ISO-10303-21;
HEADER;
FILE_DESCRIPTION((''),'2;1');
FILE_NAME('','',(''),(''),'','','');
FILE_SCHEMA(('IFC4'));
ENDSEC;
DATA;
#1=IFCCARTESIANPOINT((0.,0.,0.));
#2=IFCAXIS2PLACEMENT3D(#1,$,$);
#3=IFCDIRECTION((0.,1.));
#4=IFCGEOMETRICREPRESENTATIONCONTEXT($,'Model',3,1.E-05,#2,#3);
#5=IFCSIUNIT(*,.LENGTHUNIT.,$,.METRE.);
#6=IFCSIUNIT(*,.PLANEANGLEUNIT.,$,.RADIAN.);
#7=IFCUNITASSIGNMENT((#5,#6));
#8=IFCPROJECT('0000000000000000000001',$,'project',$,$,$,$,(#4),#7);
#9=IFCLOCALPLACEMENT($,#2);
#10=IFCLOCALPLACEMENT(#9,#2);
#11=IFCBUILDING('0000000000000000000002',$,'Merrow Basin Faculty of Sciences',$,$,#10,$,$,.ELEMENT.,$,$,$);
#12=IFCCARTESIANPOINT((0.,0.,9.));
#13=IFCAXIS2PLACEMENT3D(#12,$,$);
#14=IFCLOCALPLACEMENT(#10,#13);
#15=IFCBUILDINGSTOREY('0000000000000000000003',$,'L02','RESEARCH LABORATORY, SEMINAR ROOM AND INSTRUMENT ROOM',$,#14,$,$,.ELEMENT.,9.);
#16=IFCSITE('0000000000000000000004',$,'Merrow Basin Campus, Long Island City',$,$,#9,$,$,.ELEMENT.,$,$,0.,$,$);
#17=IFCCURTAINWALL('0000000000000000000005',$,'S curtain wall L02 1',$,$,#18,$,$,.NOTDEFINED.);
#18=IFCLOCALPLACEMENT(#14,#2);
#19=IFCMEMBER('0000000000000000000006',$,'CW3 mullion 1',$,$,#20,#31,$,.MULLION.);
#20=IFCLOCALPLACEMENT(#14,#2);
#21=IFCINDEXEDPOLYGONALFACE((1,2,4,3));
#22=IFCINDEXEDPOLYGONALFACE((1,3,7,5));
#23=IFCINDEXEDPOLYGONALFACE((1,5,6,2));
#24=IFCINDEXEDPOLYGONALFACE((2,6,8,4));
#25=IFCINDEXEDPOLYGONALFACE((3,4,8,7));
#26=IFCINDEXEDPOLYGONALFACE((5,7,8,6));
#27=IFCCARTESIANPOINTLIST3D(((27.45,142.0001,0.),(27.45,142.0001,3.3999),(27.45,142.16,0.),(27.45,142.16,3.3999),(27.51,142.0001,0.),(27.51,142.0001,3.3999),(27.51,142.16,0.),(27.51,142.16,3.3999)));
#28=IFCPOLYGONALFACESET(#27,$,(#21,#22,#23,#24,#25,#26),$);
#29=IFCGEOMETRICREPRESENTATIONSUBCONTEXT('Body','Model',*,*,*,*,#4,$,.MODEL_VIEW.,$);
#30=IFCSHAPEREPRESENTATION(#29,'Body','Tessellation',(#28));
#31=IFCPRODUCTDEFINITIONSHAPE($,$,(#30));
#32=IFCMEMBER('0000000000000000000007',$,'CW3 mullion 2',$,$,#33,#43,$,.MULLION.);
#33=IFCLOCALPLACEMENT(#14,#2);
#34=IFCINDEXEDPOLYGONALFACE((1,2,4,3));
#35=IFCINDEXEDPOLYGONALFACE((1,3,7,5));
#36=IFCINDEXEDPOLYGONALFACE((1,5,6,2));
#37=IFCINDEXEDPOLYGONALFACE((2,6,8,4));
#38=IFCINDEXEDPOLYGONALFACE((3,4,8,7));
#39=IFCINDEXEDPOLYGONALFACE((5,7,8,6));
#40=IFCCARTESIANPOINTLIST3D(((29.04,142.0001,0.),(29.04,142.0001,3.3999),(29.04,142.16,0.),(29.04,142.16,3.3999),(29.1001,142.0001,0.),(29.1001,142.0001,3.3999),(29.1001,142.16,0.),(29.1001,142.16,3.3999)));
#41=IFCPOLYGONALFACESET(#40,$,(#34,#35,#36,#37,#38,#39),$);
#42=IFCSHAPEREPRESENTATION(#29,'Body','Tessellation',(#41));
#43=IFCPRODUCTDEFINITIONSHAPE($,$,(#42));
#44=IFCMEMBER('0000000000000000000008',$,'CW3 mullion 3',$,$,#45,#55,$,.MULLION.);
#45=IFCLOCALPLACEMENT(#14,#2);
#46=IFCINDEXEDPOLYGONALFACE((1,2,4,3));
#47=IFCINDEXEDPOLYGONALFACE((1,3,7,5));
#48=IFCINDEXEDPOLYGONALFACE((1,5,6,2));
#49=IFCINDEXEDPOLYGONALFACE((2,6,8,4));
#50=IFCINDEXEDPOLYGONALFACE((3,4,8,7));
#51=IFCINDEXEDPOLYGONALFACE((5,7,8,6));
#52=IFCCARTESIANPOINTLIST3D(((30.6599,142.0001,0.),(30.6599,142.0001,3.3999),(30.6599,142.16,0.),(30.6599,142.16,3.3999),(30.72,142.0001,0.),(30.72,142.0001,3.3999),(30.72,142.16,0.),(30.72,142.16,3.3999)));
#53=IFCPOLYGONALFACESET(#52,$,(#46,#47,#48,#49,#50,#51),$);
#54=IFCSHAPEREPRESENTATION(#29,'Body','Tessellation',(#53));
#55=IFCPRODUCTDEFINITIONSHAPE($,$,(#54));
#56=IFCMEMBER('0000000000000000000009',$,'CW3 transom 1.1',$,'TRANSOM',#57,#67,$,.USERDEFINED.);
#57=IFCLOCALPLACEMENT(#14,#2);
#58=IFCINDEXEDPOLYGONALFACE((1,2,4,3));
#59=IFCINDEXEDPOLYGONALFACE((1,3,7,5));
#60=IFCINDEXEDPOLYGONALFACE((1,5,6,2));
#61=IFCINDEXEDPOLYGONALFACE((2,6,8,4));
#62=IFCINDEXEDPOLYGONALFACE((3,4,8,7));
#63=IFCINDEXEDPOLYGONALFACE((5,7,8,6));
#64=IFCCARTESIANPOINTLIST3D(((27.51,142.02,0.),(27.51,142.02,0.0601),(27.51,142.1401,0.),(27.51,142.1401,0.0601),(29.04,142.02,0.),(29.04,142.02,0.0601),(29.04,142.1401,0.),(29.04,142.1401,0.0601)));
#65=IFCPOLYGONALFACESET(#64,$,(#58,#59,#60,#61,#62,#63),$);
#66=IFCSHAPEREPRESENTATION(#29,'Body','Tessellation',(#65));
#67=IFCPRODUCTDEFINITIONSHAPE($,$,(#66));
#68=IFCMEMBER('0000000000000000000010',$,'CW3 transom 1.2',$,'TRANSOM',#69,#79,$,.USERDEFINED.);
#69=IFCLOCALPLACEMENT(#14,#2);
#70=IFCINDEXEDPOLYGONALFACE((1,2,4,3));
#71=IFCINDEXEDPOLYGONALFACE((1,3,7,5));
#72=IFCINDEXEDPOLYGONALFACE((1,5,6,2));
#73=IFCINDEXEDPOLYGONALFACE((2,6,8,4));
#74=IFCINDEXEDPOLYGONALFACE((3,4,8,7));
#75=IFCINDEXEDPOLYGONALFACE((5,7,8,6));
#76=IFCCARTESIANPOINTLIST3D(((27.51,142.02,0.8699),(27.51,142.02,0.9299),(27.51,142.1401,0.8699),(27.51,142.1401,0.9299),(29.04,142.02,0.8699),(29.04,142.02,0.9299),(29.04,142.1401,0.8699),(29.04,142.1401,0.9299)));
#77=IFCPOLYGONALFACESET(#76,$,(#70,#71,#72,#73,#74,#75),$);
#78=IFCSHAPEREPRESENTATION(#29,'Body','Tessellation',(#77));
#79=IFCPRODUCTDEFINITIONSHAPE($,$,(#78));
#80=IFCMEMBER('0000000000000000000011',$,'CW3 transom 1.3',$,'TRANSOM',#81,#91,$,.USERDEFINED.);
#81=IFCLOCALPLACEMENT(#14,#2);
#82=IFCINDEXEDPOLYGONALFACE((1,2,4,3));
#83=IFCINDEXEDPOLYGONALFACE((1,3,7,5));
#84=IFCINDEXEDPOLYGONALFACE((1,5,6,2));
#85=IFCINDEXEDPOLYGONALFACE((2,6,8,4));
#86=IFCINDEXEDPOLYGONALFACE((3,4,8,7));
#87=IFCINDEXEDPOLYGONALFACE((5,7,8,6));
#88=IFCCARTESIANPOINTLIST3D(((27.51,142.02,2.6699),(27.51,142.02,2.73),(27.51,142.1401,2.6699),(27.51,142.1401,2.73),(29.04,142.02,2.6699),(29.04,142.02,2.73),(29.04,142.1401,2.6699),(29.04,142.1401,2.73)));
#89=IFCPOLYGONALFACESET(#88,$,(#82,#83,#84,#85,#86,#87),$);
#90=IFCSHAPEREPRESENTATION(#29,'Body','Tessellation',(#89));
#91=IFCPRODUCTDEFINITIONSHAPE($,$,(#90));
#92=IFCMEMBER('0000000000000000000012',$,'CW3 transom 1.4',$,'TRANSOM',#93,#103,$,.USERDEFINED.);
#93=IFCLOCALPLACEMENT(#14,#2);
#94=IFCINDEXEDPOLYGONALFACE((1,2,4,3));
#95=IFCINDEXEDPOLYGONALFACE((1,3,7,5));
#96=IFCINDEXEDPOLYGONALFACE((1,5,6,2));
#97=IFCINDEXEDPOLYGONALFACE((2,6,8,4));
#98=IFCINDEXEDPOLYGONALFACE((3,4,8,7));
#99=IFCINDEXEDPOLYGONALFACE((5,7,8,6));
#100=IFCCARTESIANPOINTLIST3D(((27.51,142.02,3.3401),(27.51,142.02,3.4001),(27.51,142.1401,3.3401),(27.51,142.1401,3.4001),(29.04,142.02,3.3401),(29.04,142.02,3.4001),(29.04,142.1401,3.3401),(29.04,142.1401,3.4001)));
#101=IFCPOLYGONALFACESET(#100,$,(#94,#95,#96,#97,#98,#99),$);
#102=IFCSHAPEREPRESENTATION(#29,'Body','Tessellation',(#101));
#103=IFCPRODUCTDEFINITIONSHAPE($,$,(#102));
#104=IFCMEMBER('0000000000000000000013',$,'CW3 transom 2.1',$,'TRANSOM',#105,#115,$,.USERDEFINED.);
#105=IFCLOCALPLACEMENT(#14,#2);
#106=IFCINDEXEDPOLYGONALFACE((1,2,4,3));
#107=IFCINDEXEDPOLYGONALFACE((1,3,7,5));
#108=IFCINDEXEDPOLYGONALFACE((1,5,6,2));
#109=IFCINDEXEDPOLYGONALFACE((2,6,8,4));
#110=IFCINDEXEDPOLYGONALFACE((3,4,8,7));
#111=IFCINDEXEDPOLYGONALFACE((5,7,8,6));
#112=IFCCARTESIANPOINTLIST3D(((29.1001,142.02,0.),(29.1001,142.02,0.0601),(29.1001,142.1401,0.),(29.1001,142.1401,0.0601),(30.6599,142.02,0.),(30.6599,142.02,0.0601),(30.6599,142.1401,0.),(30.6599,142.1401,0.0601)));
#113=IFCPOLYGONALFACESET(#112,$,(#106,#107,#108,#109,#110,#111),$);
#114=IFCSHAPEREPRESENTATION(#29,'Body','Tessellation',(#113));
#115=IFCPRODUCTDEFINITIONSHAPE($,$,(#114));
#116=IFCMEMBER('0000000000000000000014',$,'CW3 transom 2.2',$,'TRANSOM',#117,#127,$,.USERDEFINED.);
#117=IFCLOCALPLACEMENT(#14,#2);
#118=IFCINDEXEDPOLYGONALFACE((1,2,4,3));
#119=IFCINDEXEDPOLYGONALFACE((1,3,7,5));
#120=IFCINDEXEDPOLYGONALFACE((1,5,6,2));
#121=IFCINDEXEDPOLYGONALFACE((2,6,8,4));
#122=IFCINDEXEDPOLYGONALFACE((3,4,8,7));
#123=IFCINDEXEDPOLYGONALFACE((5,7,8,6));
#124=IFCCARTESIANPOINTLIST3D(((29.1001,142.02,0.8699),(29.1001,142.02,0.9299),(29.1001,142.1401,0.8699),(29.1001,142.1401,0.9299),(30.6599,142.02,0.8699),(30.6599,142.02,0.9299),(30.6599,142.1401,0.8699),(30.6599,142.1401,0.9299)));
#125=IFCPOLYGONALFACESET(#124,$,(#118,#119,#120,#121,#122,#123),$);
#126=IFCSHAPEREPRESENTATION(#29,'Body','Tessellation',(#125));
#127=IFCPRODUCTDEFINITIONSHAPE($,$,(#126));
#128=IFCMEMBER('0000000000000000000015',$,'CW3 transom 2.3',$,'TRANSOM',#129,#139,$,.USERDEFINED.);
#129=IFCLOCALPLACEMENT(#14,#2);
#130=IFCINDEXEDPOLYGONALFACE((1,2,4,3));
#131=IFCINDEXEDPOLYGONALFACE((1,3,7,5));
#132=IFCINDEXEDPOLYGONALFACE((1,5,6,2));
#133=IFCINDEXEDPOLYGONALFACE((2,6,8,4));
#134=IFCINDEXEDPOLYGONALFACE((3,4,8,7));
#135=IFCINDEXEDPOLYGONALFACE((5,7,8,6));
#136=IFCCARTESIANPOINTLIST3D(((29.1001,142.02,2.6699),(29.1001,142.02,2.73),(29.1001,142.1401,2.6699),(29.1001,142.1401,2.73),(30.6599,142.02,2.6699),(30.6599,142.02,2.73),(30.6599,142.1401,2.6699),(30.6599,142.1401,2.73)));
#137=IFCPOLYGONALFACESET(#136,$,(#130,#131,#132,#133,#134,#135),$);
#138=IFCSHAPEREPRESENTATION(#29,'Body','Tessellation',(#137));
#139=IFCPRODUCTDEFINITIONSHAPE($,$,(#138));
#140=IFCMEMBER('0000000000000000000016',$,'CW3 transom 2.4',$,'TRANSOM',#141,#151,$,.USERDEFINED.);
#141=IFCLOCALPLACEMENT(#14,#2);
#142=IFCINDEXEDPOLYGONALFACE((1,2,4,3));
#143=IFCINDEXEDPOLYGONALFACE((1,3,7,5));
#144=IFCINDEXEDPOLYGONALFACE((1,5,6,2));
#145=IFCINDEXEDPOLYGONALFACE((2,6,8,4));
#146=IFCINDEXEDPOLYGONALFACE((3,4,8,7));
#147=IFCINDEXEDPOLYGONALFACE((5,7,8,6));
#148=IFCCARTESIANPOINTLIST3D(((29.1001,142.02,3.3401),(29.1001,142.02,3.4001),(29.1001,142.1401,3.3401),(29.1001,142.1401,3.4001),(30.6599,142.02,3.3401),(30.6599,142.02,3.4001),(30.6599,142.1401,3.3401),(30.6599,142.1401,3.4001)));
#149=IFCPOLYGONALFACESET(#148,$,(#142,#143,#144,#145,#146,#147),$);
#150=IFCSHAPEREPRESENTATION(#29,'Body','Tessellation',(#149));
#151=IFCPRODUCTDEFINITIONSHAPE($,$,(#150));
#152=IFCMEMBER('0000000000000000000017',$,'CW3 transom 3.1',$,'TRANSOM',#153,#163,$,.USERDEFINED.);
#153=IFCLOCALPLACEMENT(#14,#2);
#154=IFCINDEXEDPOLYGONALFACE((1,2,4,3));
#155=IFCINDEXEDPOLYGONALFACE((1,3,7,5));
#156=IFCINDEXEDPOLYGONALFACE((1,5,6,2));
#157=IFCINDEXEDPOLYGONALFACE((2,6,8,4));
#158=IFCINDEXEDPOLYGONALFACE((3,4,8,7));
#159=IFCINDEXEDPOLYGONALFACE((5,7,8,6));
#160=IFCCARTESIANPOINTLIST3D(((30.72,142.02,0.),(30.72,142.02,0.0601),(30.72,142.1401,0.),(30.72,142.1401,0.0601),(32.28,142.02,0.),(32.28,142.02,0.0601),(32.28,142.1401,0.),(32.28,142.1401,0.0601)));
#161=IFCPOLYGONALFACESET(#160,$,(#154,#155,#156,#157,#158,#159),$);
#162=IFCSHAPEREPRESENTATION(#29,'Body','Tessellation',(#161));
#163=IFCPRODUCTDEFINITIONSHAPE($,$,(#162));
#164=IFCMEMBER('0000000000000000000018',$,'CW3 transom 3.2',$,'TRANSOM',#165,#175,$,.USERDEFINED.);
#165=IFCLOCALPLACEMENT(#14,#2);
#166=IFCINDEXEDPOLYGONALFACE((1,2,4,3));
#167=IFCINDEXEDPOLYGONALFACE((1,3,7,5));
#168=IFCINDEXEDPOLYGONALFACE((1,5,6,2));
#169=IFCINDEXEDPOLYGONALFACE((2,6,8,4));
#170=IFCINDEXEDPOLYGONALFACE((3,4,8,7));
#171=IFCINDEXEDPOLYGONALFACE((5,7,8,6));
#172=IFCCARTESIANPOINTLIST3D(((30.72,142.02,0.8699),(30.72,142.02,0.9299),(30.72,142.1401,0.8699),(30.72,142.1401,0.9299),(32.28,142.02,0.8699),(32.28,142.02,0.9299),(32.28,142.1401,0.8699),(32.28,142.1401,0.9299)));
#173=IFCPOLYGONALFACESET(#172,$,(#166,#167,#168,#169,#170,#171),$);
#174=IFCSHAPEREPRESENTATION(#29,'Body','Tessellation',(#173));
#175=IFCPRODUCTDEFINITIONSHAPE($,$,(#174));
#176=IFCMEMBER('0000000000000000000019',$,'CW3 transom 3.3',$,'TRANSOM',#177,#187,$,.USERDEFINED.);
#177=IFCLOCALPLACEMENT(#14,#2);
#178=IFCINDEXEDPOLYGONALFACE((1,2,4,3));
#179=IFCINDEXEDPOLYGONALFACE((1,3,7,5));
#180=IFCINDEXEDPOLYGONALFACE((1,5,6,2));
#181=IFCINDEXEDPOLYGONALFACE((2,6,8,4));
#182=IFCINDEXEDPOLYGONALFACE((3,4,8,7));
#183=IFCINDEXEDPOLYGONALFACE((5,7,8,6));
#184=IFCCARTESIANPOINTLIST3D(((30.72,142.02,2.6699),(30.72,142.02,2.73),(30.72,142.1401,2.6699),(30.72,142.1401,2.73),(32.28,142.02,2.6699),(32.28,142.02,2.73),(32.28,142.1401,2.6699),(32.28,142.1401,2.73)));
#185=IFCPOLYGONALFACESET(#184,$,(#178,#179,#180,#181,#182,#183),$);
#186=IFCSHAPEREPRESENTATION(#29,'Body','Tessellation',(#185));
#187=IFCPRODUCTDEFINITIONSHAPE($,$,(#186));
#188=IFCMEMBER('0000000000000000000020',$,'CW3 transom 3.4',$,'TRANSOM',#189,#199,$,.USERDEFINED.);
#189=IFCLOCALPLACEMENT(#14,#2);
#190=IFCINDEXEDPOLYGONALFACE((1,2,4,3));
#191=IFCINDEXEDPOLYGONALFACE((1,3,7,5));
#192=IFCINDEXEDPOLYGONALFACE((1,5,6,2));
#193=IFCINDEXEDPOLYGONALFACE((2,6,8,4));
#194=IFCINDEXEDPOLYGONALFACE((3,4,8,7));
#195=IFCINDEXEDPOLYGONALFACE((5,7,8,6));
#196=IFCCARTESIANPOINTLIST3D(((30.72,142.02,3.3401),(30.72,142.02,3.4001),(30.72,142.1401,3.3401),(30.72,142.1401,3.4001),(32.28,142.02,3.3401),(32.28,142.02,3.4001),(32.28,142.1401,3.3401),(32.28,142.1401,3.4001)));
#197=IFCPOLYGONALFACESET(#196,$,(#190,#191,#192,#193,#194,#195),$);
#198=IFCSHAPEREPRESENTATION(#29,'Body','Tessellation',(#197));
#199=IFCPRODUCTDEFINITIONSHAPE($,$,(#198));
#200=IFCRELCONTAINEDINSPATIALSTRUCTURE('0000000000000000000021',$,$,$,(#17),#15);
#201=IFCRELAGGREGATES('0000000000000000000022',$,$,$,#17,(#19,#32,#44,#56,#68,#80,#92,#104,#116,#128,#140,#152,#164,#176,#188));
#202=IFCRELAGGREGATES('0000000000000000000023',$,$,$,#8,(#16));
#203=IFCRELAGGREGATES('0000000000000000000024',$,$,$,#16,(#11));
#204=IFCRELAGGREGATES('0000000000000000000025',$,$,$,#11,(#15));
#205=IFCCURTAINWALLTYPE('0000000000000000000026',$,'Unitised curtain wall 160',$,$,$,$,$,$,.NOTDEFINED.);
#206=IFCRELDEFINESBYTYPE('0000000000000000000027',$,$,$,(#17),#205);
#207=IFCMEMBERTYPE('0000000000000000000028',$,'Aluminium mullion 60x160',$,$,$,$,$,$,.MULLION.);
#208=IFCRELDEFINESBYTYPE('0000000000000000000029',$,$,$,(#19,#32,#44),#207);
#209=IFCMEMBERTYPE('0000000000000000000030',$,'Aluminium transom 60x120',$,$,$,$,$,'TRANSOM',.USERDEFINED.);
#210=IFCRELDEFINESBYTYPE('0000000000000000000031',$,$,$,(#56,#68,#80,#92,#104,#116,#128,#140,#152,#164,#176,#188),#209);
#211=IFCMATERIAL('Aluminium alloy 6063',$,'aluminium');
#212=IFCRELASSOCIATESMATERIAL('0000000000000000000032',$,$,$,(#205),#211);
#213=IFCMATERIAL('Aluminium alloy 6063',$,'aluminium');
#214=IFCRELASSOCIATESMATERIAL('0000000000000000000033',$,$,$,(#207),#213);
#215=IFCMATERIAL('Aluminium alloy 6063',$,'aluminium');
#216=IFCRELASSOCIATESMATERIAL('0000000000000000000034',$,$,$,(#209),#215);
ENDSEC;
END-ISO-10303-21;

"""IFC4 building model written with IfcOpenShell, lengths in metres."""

from ifc_helpers import new_model, si_unit, direction, frame, origin, origin_2d, place, context, subcontext, project, spatial, rectangle, extrude, material, material_profile, profile_set, type_object, element, aggregate, save


model = new_model("IFC4")

# Units and contexts
model_context = context("Model", 3, precision=1e-05, world=origin(), true_north=direction((0.0, 1.0)))
body_context = subcontext(model_context, "Body", "Model", "MODEL_VIEW")
ifc_project = project(units=[si_unit("LENGTHUNIT", "METRE"), si_unit("PLANEANGLEUNIT", "RADIAN")], contexts=[model_context])

# Site, building, storey
site_placement = place(None, origin())
site = spatial("IfcSite", under=ifc_project, at=site_placement, Name="Merrow Basin Campus, Long Island City", CompositionType="ELEMENT", RefElevation=0.0)
building_placement = place(site_placement, origin())
building = spatial("IfcBuilding", under=site, at=building_placement, Name="Merrow Basin Faculty of Sciences", CompositionType="ELEMENT")
storey_placement = place(building_placement, frame((0.0, 0.0, 9.0)))
storey = spatial("IfcBuildingStorey", under=building, at=storey_placement, Name="L02", Description="RESEARCH LABORATORY, SEMINAR ROOM AND INSTRUMENT ROOM", CompositionType="ELEMENT", Elevation=9.0)

# Curtain wall, members
ifc_material_1 = material(Name="Aluminium alloy 6063", Category="aluminium")
curtain_wall_type = type_object("IfcCurtainWallType", Name="Unitised curtain wall 160", PredefinedType="NOTDEFINED", material=ifc_material_1)
curtain_wall_placement = place(storey_placement, origin())
curtain_wall = element("IfcCurtainWall", 1, at=curtain_wall_placement, inside=storey, type_object=curtain_wall_type, Name="S curtain wall L02 1", PredefinedType="NOTDEFINED")
ifc_material_2 = material(Name="Aluminium alloy 6063", Category="aluminium")
ifc_material_profile_1 = material_profile(ifc_material_2, rectangle(XDim=0.1599, YDim=0.0601, at=origin_2d()))
ifc_profile_set_1 = profile_set([ifc_material_profile_1], Name="Aluminium alloy 6063")
member_type_1 = type_object("IfcMemberType", Name="Aluminium mullion 60x160", PredefinedType="MULLION", material=ifc_profile_set_1)
member_1_placement = place(storey_placement, frame((27.48, 142.0801, 0.0), z_axis=(0.0, 0.0, 1.0), x_axis=(0.0, 1.0, 0.0)))
member_1 = element("IfcMember", 2, at=member_1_placement, type_object=member_type_1, Name="CW3 mullion 1", PredefinedType="MULLION", context=body_context, shape_type="SweptSolid", body=[
    extrude(rectangle(XDim=0.1599, YDim=0.0601, at=origin_2d()), origin(), (0.0, 0.0, 1.0), 3.3999),
])
member_2_placement = place(storey_placement, frame((29.0701, 142.0801, 0.0), z_axis=(0.0, 0.0, 1.0), x_axis=(0.0, 1.0, 0.0)))
member_2 = element("IfcMember", 3, at=member_2_placement, type_object=member_type_1, Name="CW3 mullion 2", PredefinedType="MULLION", context=body_context, shape_type="SweptSolid", body=[
    extrude(rectangle(XDim=0.1599, YDim=0.0601, at=origin_2d()), origin(), (0.0, 0.0, 1.0), 3.3999),
])
member_3_placement = place(storey_placement, frame((30.6899, 142.0801, 0.0), z_axis=(0.0, 0.0, 1.0), x_axis=(0.0, 1.0, 0.0)))
member_3 = element("IfcMember", 4, at=member_3_placement, type_object=member_type_1, Name="CW3 mullion 3", PredefinedType="MULLION", context=body_context, shape_type="SweptSolid", body=[
    extrude(rectangle(XDim=0.1599, YDim=0.0601, at=origin_2d()), origin(), (0.0, 0.0, 1.0), 3.3999),
])
ifc_material_3 = material(Name="Aluminium alloy 6063", Category="aluminium")
ifc_material_profile_2 = material_profile(ifc_material_3, rectangle(XDim=0.1201, YDim=0.0601, at=origin_2d()))
ifc_profile_set_2 = profile_set([ifc_material_profile_2], Name="Aluminium alloy 6063")
member_type_2 = type_object("IfcMemberType", Name="Aluminium transom 60x120", ElementType="TRANSOM", PredefinedType="USERDEFINED", material=ifc_profile_set_2)
member_4_placement = place(storey_placement, frame((27.51, 142.0801, 0.03), z_axis=(1.0, 0.0, 0.0), x_axis=(0.0, 1.0, 0.0)))
member_4 = element("IfcMember", 5, at=member_4_placement, type_object=member_type_2, Name="CW3 transom 1.1", ObjectType="TRANSOM", PredefinedType="USERDEFINED", context=body_context, shape_type="SweptSolid", body=[
    extrude(rectangle(XDim=0.1201, YDim=0.0601, at=origin_2d()), origin(), (0.0, 0.0, 1.0), 1.53),
])
member_5_placement = place(storey_placement, frame((27.51, 142.0801, 0.8999), z_axis=(1.0, 0.0, 0.0), x_axis=(0.0, 1.0, 0.0)))
member_5 = element("IfcMember", 6, at=member_5_placement, type_object=member_type_2, Name="CW3 transom 1.2", ObjectType="TRANSOM", PredefinedType="USERDEFINED", context=body_context, shape_type="SweptSolid", body=[
    extrude(rectangle(XDim=0.1201, YDim=0.0601, at=origin_2d()), origin(), (0.0, 0.0, 1.0), 1.53),
])
member_6_placement = place(storey_placement, frame((27.51, 142.0801, 2.7), z_axis=(1.0, 0.0, 0.0), x_axis=(0.0, 1.0, 0.0)))
member_6 = element("IfcMember", 7, at=member_6_placement, type_object=member_type_2, Name="CW3 transom 1.3", ObjectType="TRANSOM", PredefinedType="USERDEFINED", context=body_context, shape_type="SweptSolid", body=[
    extrude(rectangle(XDim=0.1201, YDim=0.0601, at=origin_2d()), origin(), (0.0, 0.0, 1.0), 1.53),
])
member_7_placement = place(storey_placement, frame((27.51, 142.0801, 3.3701), z_axis=(1.0, 0.0, 0.0), x_axis=(0.0, 1.0, 0.0)))
member_7 = element("IfcMember", 8, at=member_7_placement, type_object=member_type_2, Name="CW3 transom 1.4", ObjectType="TRANSOM", PredefinedType="USERDEFINED", context=body_context, shape_type="SweptSolid", body=[
    extrude(rectangle(XDim=0.1201, YDim=0.0601, at=origin_2d()), origin(), (0.0, 0.0, 1.0), 1.53),
])
member_8_placement = place(storey_placement, frame((29.1001, 142.0801, 0.03), z_axis=(1.0, 0.0, 0.0), x_axis=(0.0, 1.0, 0.0)))
member_8 = element("IfcMember", 9, at=member_8_placement, type_object=member_type_2, Name="CW3 transom 2.1", ObjectType="TRANSOM", PredefinedType="USERDEFINED", context=body_context, shape_type="SweptSolid", body=[
    extrude(rectangle(XDim=0.1201, YDim=0.0601, at=origin_2d()), origin(), (0.0, 0.0, 1.0), 1.5598),
])
member_9_placement = place(storey_placement, frame((29.1001, 142.0801, 0.8999), z_axis=(1.0, 0.0, 0.0), x_axis=(0.0, 1.0, 0.0)))
member_9 = element("IfcMember", 10, at=member_9_placement, type_object=member_type_2, Name="CW3 transom 2.2", ObjectType="TRANSOM", PredefinedType="USERDEFINED", context=body_context, shape_type="SweptSolid", body=[
    extrude(rectangle(XDim=0.1201, YDim=0.0601, at=origin_2d()), origin(), (0.0, 0.0, 1.0), 1.5598),
])
member_10_placement = place(storey_placement, frame((29.1001, 142.0801, 2.7), z_axis=(1.0, 0.0, 0.0), x_axis=(0.0, 1.0, 0.0)))
member_10 = element("IfcMember", 11, at=member_10_placement, type_object=member_type_2, Name="CW3 transom 2.3", ObjectType="TRANSOM", PredefinedType="USERDEFINED", context=body_context, shape_type="SweptSolid", body=[
    extrude(rectangle(XDim=0.1201, YDim=0.0601, at=origin_2d()), origin(), (0.0, 0.0, 1.0), 1.5598),
])
member_11_placement = place(storey_placement, frame((29.1001, 142.0801, 3.3701), z_axis=(1.0, 0.0, 0.0), x_axis=(0.0, 1.0, 0.0)))
member_11 = element("IfcMember", 12, at=member_11_placement, type_object=member_type_2, Name="CW3 transom 2.4", ObjectType="TRANSOM", PredefinedType="USERDEFINED", context=body_context, shape_type="SweptSolid", body=[
    extrude(rectangle(XDim=0.1201, YDim=0.0601, at=origin_2d()), origin(), (0.0, 0.0, 1.0), 1.5598),
])
member_12_placement = place(storey_placement, frame((30.72, 142.0801, 0.03), z_axis=(1.0, 0.0, 0.0), x_axis=(0.0, 1.0, 0.0)))
member_12 = element("IfcMember", 13, at=member_12_placement, type_object=member_type_2, Name="CW3 transom 3.1", ObjectType="TRANSOM", PredefinedType="USERDEFINED", context=body_context, shape_type="SweptSolid", body=[
    extrude(rectangle(XDim=0.1201, YDim=0.0601, at=origin_2d()), origin(), (0.0, 0.0, 1.0), 1.5601),
])
member_13_placement = place(storey_placement, frame((30.72, 142.0801, 0.8999), z_axis=(1.0, 0.0, 0.0), x_axis=(0.0, 1.0, 0.0)))
member_13 = element("IfcMember", 14, at=member_13_placement, type_object=member_type_2, Name="CW3 transom 3.2", ObjectType="TRANSOM", PredefinedType="USERDEFINED", context=body_context, shape_type="SweptSolid", body=[
    extrude(rectangle(XDim=0.1201, YDim=0.0601, at=origin_2d()), origin(), (0.0, 0.0, 1.0), 1.5601),
])
member_14_placement = place(storey_placement, frame((30.72, 142.0801, 2.7), z_axis=(1.0, 0.0, 0.0), x_axis=(0.0, 1.0, 0.0)))
member_14 = element("IfcMember", 15, at=member_14_placement, type_object=member_type_2, Name="CW3 transom 3.3", ObjectType="TRANSOM", PredefinedType="USERDEFINED", context=body_context, shape_type="SweptSolid", body=[
    extrude(rectangle(XDim=0.1201, YDim=0.0601, at=origin_2d()), origin(), (0.0, 0.0, 1.0), 1.5601),
])
member_15_placement = place(storey_placement, frame((30.72, 142.0801, 3.3701), z_axis=(1.0, 0.0, 0.0), x_axis=(0.0, 1.0, 0.0)))
member_15 = element("IfcMember", 16, at=member_15_placement, type_object=member_type_2, Name="CW3 transom 3.4", ObjectType="TRANSOM", PredefinedType="USERDEFINED", context=body_context, shape_type="SweptSolid", body=[
    extrude(rectangle(XDim=0.1201, YDim=0.0601, at=origin_2d()), origin(), (0.0, 0.0, 1.0), 1.5601),
])

aggregate(curtain_wall, [member_1, member_2, member_3, member_4, member_5, member_6, member_7, member_8, member_9, member_10, member_11, member_12, member_13, member_14, member_15])

save(model, "model.ifc")
